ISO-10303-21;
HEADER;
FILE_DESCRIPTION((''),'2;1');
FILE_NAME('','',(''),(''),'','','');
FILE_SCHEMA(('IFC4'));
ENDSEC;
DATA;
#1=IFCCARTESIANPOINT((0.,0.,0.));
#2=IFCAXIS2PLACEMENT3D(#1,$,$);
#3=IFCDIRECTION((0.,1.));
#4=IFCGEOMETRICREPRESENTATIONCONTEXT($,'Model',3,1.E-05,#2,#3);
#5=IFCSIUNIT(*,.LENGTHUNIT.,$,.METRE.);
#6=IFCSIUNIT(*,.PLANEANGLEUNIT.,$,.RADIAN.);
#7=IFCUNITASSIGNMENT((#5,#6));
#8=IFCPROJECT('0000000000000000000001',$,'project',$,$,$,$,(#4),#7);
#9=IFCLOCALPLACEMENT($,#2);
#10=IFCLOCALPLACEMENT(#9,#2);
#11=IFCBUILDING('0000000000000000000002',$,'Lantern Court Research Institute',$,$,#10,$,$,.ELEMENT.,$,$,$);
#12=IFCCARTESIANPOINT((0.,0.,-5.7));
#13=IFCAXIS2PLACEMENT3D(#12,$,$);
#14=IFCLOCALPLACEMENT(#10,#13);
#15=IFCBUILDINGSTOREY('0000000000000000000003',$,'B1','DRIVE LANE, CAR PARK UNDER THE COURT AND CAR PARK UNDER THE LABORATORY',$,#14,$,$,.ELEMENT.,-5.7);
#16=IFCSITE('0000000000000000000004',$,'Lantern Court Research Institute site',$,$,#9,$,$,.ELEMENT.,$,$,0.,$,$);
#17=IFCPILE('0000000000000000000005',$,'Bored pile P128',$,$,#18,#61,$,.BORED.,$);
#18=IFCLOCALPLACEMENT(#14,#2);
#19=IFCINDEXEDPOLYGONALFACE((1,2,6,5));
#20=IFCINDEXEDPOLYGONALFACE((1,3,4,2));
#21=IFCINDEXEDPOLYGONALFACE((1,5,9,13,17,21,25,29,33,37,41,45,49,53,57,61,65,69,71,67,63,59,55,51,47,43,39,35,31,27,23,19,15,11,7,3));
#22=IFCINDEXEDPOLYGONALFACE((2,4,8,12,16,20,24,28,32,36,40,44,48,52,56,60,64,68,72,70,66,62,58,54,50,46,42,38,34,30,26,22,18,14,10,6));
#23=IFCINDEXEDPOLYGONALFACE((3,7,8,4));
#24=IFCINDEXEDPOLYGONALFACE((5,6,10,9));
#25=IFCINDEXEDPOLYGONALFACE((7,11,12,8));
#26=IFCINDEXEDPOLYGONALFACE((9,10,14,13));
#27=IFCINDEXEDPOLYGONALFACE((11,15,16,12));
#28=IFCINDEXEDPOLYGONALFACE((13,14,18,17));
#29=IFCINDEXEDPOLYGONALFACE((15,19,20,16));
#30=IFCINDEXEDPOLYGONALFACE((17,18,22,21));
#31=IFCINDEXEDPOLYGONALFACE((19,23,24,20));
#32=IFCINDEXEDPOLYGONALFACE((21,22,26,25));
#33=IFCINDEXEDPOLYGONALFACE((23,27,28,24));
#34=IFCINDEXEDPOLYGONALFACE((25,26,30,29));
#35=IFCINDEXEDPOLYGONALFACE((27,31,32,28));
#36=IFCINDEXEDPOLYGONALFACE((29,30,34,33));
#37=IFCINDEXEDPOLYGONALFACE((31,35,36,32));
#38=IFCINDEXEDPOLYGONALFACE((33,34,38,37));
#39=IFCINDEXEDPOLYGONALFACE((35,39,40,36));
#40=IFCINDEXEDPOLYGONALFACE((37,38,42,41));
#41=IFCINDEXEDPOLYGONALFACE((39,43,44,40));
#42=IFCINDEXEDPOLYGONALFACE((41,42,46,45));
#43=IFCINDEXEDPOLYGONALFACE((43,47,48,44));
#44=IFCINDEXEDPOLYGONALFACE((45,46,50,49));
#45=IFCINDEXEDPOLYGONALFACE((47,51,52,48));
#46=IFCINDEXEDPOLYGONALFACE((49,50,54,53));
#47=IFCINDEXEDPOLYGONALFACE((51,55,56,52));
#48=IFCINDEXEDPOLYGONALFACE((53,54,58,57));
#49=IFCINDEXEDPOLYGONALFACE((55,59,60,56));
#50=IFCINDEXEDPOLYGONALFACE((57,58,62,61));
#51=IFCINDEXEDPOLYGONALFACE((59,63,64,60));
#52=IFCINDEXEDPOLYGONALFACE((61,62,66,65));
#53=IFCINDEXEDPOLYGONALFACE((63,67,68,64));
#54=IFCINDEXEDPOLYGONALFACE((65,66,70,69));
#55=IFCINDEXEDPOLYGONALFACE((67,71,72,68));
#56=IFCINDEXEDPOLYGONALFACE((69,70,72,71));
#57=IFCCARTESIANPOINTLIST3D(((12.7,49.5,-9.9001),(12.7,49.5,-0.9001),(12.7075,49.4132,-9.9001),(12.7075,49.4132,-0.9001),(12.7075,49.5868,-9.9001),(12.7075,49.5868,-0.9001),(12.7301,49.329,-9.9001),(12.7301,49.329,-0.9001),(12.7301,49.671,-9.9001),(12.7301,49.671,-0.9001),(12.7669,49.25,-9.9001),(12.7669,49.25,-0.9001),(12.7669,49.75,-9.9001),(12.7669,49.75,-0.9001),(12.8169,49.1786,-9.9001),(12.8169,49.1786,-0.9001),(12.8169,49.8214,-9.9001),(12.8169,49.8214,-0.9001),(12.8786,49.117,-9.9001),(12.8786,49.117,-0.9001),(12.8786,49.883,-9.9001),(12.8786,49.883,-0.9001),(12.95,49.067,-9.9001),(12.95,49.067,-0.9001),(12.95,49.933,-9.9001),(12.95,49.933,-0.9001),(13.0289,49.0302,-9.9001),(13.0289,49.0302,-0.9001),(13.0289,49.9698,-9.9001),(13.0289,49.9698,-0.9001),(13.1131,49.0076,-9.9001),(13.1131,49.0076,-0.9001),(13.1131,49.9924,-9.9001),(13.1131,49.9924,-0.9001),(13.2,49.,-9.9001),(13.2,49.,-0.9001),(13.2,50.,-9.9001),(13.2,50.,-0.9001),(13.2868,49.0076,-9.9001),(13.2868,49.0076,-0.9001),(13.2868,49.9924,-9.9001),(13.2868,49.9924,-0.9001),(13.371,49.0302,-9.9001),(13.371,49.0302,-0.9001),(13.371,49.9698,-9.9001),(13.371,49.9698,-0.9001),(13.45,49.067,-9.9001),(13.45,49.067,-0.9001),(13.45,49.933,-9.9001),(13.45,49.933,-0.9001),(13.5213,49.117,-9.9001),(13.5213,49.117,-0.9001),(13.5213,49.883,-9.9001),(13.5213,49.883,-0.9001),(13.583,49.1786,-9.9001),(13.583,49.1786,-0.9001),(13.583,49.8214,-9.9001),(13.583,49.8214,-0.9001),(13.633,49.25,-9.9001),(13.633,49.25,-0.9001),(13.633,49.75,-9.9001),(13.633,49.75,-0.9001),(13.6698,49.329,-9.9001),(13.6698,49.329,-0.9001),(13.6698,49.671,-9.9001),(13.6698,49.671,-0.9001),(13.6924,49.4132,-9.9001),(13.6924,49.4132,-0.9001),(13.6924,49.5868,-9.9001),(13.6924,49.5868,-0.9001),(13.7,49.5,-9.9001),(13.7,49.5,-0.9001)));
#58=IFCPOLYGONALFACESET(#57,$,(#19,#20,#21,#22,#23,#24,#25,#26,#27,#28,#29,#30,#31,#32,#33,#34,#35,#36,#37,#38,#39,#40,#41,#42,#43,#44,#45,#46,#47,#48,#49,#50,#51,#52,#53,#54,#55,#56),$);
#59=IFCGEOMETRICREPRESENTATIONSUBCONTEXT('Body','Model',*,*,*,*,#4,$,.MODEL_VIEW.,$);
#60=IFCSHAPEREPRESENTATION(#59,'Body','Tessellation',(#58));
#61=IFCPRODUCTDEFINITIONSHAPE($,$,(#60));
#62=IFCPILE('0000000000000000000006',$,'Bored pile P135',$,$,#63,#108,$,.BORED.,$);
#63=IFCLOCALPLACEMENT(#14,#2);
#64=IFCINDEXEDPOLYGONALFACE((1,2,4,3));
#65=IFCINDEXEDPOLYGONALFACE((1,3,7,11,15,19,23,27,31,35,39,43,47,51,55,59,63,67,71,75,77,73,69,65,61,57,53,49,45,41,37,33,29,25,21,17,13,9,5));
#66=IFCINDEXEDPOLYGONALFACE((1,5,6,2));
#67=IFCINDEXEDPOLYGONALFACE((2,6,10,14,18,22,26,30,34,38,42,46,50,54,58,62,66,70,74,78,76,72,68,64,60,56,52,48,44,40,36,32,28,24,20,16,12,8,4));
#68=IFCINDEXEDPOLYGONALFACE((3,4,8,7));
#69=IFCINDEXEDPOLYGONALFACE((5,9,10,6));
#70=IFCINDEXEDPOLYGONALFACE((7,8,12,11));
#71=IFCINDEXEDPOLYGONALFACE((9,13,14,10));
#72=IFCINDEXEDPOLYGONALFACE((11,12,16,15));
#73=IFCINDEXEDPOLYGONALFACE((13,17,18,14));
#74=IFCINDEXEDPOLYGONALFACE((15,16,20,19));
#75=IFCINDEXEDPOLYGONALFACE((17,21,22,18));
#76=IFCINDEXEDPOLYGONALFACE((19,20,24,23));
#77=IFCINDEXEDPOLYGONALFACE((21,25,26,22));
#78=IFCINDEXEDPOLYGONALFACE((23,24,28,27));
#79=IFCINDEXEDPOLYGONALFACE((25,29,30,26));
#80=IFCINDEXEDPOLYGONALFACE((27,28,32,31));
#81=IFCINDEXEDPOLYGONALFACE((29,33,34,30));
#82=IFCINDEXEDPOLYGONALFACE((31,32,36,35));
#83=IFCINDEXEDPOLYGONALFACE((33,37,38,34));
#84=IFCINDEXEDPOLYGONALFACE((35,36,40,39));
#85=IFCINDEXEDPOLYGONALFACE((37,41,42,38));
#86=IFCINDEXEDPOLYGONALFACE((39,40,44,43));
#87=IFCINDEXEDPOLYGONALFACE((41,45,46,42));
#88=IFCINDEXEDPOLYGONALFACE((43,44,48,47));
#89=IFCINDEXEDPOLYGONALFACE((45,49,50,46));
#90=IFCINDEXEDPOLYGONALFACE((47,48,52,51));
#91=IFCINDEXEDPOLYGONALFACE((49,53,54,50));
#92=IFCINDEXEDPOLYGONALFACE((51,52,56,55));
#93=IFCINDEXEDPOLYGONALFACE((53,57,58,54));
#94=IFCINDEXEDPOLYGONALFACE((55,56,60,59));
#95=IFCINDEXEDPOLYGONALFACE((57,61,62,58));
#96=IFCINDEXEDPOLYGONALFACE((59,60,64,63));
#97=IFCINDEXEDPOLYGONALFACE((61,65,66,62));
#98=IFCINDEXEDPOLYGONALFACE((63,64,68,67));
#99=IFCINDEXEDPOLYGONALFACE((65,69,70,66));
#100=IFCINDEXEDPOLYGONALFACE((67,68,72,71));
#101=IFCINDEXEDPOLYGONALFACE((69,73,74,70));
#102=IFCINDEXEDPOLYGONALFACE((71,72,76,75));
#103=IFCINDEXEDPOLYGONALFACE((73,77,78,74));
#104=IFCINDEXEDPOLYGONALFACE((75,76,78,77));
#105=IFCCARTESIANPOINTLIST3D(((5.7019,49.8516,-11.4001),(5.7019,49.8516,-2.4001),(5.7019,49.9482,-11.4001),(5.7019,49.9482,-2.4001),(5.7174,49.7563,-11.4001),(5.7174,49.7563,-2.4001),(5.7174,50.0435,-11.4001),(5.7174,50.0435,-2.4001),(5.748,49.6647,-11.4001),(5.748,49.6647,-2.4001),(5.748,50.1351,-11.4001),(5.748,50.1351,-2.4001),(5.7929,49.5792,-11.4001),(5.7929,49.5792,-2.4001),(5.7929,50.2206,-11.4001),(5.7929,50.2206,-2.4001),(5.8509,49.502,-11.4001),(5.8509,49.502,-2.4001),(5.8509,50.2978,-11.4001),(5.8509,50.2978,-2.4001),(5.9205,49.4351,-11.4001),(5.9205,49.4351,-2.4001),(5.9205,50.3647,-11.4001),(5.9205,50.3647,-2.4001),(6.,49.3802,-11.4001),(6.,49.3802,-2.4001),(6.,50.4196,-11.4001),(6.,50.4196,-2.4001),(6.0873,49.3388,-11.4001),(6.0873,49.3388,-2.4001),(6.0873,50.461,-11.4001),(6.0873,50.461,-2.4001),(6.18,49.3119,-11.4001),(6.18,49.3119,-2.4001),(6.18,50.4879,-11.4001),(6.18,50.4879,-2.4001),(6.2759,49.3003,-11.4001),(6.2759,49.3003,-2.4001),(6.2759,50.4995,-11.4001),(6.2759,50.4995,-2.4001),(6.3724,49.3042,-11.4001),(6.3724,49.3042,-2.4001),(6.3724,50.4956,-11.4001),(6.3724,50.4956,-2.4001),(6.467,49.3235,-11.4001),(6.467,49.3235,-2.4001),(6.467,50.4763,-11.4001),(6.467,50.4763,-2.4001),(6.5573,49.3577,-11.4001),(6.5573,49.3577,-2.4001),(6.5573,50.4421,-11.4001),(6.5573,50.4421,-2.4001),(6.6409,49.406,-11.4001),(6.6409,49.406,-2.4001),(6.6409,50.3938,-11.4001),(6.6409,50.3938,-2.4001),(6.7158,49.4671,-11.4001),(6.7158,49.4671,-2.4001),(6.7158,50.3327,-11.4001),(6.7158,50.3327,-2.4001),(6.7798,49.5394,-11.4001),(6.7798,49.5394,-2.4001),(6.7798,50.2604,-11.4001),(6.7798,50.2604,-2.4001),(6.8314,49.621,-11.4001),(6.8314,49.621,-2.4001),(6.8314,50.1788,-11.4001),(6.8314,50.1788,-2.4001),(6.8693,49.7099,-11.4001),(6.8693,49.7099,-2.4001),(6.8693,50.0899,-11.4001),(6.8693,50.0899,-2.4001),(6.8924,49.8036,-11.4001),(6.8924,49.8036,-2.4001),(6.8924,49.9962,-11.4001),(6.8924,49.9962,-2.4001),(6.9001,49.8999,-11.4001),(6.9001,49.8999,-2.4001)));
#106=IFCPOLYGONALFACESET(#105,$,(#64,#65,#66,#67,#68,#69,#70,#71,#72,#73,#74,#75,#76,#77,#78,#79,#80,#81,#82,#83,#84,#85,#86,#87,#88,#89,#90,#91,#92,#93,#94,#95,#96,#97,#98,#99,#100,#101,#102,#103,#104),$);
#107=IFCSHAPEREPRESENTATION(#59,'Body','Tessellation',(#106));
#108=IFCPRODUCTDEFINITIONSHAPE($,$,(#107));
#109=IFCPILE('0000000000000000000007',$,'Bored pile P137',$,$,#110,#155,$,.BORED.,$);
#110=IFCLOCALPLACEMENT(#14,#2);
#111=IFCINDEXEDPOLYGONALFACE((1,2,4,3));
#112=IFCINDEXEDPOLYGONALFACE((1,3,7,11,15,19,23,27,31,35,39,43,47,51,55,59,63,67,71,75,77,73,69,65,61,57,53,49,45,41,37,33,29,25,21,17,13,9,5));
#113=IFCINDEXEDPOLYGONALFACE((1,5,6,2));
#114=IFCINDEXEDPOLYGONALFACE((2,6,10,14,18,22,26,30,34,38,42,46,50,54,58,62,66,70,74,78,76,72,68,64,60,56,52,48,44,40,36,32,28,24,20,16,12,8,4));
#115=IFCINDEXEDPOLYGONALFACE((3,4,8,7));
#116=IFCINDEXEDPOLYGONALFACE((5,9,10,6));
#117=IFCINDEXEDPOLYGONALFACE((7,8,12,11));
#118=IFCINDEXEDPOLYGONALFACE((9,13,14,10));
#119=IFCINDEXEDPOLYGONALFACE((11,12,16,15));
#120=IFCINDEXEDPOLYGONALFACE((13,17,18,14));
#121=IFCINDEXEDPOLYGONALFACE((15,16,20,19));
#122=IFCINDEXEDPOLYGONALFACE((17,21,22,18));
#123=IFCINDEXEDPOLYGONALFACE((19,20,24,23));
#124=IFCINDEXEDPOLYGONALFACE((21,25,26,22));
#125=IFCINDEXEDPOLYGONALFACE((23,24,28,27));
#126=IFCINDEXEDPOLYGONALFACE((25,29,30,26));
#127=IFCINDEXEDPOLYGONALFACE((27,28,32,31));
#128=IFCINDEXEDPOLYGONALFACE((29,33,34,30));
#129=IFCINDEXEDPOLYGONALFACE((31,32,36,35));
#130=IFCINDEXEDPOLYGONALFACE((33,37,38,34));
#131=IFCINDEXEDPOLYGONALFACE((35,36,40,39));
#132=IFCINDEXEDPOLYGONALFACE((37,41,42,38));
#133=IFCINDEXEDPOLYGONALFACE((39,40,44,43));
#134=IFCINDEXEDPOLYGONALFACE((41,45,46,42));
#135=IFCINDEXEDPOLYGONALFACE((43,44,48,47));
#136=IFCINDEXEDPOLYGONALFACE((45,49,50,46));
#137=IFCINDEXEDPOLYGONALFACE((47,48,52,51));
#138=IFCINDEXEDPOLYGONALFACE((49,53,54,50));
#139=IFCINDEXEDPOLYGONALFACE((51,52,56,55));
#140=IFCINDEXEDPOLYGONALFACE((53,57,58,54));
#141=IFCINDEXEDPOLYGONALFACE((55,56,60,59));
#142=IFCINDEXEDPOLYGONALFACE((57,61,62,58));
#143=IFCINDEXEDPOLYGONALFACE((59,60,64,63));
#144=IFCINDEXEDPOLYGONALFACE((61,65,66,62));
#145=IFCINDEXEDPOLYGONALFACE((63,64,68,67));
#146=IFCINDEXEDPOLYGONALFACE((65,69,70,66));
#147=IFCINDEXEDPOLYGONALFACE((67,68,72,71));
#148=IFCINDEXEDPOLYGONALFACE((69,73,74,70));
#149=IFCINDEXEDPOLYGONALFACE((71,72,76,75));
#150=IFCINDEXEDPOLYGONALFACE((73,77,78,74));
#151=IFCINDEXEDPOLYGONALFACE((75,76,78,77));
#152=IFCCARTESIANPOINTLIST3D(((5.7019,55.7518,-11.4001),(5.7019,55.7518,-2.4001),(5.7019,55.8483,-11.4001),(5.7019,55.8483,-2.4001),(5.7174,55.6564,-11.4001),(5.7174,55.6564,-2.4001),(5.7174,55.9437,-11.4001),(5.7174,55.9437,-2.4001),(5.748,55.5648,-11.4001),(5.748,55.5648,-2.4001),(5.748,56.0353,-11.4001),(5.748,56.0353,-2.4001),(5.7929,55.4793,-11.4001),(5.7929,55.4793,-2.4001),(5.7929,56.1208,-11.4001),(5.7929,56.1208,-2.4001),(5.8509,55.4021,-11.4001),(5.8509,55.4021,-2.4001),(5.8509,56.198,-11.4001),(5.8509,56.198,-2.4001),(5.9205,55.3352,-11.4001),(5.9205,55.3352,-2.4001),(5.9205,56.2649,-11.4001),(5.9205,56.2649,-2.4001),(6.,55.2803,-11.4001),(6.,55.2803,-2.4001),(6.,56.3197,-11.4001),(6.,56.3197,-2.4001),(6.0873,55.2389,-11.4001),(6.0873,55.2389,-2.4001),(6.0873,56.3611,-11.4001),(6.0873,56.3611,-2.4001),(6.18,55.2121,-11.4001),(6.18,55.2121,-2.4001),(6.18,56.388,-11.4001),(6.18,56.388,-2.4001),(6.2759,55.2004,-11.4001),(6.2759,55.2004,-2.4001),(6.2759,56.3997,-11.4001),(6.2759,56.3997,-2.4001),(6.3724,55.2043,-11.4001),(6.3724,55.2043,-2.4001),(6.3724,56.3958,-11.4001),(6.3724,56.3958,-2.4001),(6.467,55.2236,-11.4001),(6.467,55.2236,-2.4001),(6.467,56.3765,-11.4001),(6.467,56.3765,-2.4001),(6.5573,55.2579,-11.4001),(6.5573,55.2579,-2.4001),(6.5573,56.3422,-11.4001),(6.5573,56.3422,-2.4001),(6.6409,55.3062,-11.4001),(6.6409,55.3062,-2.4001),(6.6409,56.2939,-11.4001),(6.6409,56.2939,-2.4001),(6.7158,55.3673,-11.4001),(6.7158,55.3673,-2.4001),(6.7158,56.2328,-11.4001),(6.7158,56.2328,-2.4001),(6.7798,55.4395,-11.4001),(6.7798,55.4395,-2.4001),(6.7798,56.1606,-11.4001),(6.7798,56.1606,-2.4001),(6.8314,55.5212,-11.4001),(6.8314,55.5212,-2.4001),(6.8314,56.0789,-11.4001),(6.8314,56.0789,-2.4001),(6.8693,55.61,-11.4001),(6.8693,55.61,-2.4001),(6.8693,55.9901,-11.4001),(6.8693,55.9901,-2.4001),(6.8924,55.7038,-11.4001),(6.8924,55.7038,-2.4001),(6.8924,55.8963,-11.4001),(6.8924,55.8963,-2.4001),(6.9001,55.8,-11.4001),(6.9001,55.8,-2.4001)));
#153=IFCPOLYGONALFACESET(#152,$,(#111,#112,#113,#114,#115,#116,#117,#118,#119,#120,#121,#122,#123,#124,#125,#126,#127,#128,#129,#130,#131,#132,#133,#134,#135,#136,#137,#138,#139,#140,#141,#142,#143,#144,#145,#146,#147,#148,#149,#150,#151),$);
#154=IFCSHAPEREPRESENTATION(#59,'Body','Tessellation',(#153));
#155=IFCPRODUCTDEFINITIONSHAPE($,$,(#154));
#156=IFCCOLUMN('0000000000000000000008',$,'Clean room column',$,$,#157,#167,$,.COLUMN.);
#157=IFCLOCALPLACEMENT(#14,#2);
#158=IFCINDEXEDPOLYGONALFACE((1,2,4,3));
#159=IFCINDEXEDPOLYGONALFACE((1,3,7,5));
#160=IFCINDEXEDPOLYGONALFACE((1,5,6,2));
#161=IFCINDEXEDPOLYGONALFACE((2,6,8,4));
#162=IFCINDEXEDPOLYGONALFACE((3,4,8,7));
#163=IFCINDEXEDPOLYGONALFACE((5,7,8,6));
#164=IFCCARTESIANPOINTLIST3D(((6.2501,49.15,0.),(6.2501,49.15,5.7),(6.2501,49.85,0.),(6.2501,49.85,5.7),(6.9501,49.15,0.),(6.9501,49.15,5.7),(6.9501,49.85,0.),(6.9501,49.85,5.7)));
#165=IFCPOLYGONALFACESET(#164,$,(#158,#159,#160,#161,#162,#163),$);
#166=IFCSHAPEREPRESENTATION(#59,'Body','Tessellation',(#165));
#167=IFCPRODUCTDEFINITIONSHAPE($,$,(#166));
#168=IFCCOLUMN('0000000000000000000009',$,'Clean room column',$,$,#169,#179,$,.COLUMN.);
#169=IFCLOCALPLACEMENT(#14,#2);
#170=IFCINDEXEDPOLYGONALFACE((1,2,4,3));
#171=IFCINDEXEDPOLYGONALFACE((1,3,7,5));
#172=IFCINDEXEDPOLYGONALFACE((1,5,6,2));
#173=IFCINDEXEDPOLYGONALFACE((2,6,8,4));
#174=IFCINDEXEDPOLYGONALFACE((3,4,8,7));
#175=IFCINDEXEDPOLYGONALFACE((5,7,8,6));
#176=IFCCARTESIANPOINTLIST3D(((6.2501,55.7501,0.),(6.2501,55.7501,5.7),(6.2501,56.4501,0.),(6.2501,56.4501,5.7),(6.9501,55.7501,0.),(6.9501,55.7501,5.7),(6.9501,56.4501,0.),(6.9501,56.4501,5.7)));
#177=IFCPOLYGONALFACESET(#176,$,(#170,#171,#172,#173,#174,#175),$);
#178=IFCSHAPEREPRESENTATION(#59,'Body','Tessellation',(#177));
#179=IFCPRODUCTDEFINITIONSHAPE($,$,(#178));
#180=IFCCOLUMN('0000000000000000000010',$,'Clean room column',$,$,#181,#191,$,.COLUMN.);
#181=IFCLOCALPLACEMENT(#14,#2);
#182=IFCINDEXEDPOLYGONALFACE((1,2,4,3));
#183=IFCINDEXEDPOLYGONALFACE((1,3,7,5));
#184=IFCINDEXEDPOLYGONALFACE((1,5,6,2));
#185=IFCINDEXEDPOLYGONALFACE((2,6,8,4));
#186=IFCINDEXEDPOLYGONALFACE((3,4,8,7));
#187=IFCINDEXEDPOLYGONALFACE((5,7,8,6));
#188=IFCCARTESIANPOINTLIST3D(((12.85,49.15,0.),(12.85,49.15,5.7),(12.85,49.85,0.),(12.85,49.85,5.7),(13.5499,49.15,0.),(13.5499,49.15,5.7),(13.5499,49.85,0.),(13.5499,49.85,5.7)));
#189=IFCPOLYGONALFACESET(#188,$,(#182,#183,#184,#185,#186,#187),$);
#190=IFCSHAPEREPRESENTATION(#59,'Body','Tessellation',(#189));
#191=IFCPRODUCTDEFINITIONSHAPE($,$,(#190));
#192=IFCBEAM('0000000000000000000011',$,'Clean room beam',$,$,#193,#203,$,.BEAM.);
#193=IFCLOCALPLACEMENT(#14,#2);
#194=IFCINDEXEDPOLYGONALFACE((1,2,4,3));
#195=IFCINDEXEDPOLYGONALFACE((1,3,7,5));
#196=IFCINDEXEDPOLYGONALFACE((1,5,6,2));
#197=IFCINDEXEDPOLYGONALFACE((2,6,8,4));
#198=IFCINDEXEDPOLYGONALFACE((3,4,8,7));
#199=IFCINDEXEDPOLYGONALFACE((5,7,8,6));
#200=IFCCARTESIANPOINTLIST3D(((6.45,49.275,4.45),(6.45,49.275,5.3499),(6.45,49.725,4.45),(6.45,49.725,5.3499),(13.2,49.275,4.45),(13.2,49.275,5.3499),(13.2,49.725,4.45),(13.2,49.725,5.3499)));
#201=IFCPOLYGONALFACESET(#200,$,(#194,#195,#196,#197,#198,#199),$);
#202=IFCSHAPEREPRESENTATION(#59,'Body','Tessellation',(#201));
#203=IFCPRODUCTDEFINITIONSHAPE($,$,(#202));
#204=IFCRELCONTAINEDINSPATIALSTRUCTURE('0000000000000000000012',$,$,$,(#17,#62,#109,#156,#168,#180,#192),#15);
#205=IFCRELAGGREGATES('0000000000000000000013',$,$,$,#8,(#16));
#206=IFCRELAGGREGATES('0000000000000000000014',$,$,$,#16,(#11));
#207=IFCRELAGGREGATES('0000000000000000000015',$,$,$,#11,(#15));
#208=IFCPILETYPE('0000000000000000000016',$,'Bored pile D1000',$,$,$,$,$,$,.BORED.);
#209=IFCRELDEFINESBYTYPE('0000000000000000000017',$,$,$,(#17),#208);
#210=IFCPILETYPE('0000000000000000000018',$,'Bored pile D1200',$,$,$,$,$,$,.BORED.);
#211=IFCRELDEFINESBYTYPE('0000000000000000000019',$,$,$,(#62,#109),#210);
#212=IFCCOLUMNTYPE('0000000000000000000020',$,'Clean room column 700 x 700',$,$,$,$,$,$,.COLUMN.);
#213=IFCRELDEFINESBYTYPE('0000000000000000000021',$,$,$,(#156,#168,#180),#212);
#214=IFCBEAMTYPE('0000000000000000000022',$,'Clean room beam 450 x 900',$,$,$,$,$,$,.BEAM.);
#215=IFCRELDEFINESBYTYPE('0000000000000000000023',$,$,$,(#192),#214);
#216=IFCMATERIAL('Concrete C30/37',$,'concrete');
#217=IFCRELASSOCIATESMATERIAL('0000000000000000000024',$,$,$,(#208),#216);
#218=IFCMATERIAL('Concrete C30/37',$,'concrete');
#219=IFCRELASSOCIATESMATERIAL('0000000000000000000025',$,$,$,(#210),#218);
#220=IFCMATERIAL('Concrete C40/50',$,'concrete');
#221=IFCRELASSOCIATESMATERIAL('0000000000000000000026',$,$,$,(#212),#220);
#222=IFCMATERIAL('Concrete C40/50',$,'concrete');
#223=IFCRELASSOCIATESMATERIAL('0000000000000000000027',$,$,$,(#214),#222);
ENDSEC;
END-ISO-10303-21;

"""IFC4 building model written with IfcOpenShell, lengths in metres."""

from ifc_helpers import new_model, si_unit, direction, frame, origin, origin_2d, place, context, subcontext, project, spatial, rectangle, circle, extrude, material, material_profile, profile_set, type_object, element, save


model = new_model("IFC4")

# Units and contexts
model_context = context("Model", 3, precision=1e-05, world=origin(), true_north=direction((0.0, 1.0)))
body_context = subcontext(model_context, "Body", "Model", "MODEL_VIEW")
ifc_project = project(units=[si_unit("LENGTHUNIT", "METRE"), si_unit("PLANEANGLEUNIT", "RADIAN")], contexts=[model_context])

# Site, building, storey
site_placement = place(None, origin())
site = spatial("IfcSite", under=ifc_project, at=site_placement, Name="Lantern Court Research Institute site", CompositionType="ELEMENT", RefElevation=0.0)
building_placement = place(site_placement, origin())
building = spatial("IfcBuilding", under=site, at=building_placement, Name="Lantern Court Research Institute", CompositionType="ELEMENT")
storey_placement = place(building_placement, frame((0.0, 0.0, -5.7)))
storey = spatial("IfcBuildingStorey", under=building, at=storey_placement, Name="B1", Description="DRIVE LANE, CAR PARK UNDER THE COURT AND CAR PARK UNDER THE LABORATORY", CompositionType="ELEMENT", Elevation=-5.7)

# Piles
ifc_material_1 = material(Name="Concrete C30/37", Category="concrete")
ifc_material_profile_1 = material_profile(ifc_material_1, circle(Radius=0.5, at=origin_2d()), Name="Bored pile D1000")
ifc_profile_set_1 = profile_set([ifc_material_profile_1], Name="Concrete C30/37")
pile_type_1 = type_object("IfcPileType", Name="Bored pile D1000", PredefinedType="BORED", material=ifc_profile_set_1)
pile_placement = place(storey_placement, frame((13.2, 49.5, -0.9001), z_axis=(0.0, 0.0, -1.0), x_axis=(1.0, 0.0, 0.0)))
element("IfcPile", 1, at=pile_placement, inside=storey, type_object=pile_type_1, Name="Bored pile P128", PredefinedType="BORED", context=body_context, shape_type="SweptSolid", body=[
    extrude(circle(Radius=0.5, at=origin_2d()), origin(), (0.0, 0.0, 1.0), 9.0),
])
ifc_material_2 = material(Name="Concrete C30/37", Category="concrete")
ifc_material_profile_2 = material_profile(ifc_material_2, circle(Radius=0.6001, at=origin_2d()), Name="Bored pile D1200")
ifc_profile_set_2 = profile_set([ifc_material_profile_2], Name="Concrete C30/37")
pile_type_2 = type_object("IfcPileType", Name="Bored pile D1200", PredefinedType="BORED", material=ifc_profile_set_2)
for number, where, z_axis, x_axis, name in (
    (2, (6.3, 49.8999, -2.4001), (0.0, 0.0, -1.0), (1.0, 0.0, 0.0), "Bored pile P135"),
    (3, (6.3, 55.8, -2.4001), (0.0, 0.0, -1.0), (1.0, 0.0, 0.0), "Bored pile P137"),
):
    element("IfcPile", number, at=place(storey_placement, frame(where, z_axis=z_axis, x_axis=x_axis)), inside=storey, type_object=pile_type_2, Name=name, PredefinedType="BORED", context=body_context, shape_type="SweptSolid", body=[
        extrude(circle(Radius=0.6001, at=origin_2d()), origin(), (0.0, 0.0, 1.0), 9.0),
    ])

# Columns
ifc_material_3 = material(Name="Concrete C40/50", Category="concrete")
ifc_material_profile_3 = material_profile(ifc_material_3, rectangle(XDim=0.7, YDim=0.7, at=origin_2d()), Name="Clean room column 700 x 700")
ifc_profile_set_3 = profile_set([ifc_material_profile_3], Name="Concrete C40/50")
column_type = type_object("IfcColumnType", Name="Clean room column 700 x 700", PredefinedType="COLUMN", material=ifc_profile_set_3)
for number, where, z_axis, x_axis, name in (
    (4, (6.6001, 49.5, 0.0), (0.0, 0.0, 1.0), (1.0, 0.0, 0.0), "Clean room column"),
    (5, (6.6001, 56.1001, 0.0), (0.0, 0.0, 1.0), (1.0, 0.0, 0.0), "Clean room column"),
    (6, (13.2, 49.5, 0.0), (0.0, 0.0, 1.0), (1.0, 0.0, 0.0), "Clean room column"),
):
    element("IfcColumn", number, at=place(storey_placement, frame(where, z_axis=z_axis, x_axis=x_axis)), inside=storey, type_object=column_type, Name=name, PredefinedType="COLUMN", context=body_context, shape_type="SweptSolid", body=[
        extrude(rectangle(XDim=0.7, YDim=0.7, at=origin_2d()), origin(), (0.0, 0.0, 1.0), 5.7),
    ])

# Beam
ifc_material_4 = material(Name="Concrete C40/50", Category="concrete")
ifc_material_profile_4 = material_profile(ifc_material_4, rectangle(XDim=0.45, YDim=0.8999, at=origin_2d()), Name="Clean room beam 450 x 900")
ifc_profile_set_4 = profile_set([ifc_material_profile_4], Name="Concrete C40/50")
beam_type = type_object("IfcBeamType", Name="Clean room beam 450 x 900", PredefinedType="BEAM", material=ifc_profile_set_4)
beam_1_placement = place(storey_placement, frame((6.45, 49.5, 4.8999), z_axis=(1.0, 0.0, 0.0), x_axis=(0.0, 1.0, 0.0)))
element("IfcBeam", 7, at=beam_1_placement, inside=storey, type_object=beam_type, Name="Clean room beam", PredefinedType="BEAM", context=body_context, shape_type="SweptSolid", body=[
    extrude(rectangle(XDim=0.45, YDim=0.8999, at=origin_2d()), origin(), (0.0, 0.0, 1.0), 6.75),
])

save(model, "model.ifc")
